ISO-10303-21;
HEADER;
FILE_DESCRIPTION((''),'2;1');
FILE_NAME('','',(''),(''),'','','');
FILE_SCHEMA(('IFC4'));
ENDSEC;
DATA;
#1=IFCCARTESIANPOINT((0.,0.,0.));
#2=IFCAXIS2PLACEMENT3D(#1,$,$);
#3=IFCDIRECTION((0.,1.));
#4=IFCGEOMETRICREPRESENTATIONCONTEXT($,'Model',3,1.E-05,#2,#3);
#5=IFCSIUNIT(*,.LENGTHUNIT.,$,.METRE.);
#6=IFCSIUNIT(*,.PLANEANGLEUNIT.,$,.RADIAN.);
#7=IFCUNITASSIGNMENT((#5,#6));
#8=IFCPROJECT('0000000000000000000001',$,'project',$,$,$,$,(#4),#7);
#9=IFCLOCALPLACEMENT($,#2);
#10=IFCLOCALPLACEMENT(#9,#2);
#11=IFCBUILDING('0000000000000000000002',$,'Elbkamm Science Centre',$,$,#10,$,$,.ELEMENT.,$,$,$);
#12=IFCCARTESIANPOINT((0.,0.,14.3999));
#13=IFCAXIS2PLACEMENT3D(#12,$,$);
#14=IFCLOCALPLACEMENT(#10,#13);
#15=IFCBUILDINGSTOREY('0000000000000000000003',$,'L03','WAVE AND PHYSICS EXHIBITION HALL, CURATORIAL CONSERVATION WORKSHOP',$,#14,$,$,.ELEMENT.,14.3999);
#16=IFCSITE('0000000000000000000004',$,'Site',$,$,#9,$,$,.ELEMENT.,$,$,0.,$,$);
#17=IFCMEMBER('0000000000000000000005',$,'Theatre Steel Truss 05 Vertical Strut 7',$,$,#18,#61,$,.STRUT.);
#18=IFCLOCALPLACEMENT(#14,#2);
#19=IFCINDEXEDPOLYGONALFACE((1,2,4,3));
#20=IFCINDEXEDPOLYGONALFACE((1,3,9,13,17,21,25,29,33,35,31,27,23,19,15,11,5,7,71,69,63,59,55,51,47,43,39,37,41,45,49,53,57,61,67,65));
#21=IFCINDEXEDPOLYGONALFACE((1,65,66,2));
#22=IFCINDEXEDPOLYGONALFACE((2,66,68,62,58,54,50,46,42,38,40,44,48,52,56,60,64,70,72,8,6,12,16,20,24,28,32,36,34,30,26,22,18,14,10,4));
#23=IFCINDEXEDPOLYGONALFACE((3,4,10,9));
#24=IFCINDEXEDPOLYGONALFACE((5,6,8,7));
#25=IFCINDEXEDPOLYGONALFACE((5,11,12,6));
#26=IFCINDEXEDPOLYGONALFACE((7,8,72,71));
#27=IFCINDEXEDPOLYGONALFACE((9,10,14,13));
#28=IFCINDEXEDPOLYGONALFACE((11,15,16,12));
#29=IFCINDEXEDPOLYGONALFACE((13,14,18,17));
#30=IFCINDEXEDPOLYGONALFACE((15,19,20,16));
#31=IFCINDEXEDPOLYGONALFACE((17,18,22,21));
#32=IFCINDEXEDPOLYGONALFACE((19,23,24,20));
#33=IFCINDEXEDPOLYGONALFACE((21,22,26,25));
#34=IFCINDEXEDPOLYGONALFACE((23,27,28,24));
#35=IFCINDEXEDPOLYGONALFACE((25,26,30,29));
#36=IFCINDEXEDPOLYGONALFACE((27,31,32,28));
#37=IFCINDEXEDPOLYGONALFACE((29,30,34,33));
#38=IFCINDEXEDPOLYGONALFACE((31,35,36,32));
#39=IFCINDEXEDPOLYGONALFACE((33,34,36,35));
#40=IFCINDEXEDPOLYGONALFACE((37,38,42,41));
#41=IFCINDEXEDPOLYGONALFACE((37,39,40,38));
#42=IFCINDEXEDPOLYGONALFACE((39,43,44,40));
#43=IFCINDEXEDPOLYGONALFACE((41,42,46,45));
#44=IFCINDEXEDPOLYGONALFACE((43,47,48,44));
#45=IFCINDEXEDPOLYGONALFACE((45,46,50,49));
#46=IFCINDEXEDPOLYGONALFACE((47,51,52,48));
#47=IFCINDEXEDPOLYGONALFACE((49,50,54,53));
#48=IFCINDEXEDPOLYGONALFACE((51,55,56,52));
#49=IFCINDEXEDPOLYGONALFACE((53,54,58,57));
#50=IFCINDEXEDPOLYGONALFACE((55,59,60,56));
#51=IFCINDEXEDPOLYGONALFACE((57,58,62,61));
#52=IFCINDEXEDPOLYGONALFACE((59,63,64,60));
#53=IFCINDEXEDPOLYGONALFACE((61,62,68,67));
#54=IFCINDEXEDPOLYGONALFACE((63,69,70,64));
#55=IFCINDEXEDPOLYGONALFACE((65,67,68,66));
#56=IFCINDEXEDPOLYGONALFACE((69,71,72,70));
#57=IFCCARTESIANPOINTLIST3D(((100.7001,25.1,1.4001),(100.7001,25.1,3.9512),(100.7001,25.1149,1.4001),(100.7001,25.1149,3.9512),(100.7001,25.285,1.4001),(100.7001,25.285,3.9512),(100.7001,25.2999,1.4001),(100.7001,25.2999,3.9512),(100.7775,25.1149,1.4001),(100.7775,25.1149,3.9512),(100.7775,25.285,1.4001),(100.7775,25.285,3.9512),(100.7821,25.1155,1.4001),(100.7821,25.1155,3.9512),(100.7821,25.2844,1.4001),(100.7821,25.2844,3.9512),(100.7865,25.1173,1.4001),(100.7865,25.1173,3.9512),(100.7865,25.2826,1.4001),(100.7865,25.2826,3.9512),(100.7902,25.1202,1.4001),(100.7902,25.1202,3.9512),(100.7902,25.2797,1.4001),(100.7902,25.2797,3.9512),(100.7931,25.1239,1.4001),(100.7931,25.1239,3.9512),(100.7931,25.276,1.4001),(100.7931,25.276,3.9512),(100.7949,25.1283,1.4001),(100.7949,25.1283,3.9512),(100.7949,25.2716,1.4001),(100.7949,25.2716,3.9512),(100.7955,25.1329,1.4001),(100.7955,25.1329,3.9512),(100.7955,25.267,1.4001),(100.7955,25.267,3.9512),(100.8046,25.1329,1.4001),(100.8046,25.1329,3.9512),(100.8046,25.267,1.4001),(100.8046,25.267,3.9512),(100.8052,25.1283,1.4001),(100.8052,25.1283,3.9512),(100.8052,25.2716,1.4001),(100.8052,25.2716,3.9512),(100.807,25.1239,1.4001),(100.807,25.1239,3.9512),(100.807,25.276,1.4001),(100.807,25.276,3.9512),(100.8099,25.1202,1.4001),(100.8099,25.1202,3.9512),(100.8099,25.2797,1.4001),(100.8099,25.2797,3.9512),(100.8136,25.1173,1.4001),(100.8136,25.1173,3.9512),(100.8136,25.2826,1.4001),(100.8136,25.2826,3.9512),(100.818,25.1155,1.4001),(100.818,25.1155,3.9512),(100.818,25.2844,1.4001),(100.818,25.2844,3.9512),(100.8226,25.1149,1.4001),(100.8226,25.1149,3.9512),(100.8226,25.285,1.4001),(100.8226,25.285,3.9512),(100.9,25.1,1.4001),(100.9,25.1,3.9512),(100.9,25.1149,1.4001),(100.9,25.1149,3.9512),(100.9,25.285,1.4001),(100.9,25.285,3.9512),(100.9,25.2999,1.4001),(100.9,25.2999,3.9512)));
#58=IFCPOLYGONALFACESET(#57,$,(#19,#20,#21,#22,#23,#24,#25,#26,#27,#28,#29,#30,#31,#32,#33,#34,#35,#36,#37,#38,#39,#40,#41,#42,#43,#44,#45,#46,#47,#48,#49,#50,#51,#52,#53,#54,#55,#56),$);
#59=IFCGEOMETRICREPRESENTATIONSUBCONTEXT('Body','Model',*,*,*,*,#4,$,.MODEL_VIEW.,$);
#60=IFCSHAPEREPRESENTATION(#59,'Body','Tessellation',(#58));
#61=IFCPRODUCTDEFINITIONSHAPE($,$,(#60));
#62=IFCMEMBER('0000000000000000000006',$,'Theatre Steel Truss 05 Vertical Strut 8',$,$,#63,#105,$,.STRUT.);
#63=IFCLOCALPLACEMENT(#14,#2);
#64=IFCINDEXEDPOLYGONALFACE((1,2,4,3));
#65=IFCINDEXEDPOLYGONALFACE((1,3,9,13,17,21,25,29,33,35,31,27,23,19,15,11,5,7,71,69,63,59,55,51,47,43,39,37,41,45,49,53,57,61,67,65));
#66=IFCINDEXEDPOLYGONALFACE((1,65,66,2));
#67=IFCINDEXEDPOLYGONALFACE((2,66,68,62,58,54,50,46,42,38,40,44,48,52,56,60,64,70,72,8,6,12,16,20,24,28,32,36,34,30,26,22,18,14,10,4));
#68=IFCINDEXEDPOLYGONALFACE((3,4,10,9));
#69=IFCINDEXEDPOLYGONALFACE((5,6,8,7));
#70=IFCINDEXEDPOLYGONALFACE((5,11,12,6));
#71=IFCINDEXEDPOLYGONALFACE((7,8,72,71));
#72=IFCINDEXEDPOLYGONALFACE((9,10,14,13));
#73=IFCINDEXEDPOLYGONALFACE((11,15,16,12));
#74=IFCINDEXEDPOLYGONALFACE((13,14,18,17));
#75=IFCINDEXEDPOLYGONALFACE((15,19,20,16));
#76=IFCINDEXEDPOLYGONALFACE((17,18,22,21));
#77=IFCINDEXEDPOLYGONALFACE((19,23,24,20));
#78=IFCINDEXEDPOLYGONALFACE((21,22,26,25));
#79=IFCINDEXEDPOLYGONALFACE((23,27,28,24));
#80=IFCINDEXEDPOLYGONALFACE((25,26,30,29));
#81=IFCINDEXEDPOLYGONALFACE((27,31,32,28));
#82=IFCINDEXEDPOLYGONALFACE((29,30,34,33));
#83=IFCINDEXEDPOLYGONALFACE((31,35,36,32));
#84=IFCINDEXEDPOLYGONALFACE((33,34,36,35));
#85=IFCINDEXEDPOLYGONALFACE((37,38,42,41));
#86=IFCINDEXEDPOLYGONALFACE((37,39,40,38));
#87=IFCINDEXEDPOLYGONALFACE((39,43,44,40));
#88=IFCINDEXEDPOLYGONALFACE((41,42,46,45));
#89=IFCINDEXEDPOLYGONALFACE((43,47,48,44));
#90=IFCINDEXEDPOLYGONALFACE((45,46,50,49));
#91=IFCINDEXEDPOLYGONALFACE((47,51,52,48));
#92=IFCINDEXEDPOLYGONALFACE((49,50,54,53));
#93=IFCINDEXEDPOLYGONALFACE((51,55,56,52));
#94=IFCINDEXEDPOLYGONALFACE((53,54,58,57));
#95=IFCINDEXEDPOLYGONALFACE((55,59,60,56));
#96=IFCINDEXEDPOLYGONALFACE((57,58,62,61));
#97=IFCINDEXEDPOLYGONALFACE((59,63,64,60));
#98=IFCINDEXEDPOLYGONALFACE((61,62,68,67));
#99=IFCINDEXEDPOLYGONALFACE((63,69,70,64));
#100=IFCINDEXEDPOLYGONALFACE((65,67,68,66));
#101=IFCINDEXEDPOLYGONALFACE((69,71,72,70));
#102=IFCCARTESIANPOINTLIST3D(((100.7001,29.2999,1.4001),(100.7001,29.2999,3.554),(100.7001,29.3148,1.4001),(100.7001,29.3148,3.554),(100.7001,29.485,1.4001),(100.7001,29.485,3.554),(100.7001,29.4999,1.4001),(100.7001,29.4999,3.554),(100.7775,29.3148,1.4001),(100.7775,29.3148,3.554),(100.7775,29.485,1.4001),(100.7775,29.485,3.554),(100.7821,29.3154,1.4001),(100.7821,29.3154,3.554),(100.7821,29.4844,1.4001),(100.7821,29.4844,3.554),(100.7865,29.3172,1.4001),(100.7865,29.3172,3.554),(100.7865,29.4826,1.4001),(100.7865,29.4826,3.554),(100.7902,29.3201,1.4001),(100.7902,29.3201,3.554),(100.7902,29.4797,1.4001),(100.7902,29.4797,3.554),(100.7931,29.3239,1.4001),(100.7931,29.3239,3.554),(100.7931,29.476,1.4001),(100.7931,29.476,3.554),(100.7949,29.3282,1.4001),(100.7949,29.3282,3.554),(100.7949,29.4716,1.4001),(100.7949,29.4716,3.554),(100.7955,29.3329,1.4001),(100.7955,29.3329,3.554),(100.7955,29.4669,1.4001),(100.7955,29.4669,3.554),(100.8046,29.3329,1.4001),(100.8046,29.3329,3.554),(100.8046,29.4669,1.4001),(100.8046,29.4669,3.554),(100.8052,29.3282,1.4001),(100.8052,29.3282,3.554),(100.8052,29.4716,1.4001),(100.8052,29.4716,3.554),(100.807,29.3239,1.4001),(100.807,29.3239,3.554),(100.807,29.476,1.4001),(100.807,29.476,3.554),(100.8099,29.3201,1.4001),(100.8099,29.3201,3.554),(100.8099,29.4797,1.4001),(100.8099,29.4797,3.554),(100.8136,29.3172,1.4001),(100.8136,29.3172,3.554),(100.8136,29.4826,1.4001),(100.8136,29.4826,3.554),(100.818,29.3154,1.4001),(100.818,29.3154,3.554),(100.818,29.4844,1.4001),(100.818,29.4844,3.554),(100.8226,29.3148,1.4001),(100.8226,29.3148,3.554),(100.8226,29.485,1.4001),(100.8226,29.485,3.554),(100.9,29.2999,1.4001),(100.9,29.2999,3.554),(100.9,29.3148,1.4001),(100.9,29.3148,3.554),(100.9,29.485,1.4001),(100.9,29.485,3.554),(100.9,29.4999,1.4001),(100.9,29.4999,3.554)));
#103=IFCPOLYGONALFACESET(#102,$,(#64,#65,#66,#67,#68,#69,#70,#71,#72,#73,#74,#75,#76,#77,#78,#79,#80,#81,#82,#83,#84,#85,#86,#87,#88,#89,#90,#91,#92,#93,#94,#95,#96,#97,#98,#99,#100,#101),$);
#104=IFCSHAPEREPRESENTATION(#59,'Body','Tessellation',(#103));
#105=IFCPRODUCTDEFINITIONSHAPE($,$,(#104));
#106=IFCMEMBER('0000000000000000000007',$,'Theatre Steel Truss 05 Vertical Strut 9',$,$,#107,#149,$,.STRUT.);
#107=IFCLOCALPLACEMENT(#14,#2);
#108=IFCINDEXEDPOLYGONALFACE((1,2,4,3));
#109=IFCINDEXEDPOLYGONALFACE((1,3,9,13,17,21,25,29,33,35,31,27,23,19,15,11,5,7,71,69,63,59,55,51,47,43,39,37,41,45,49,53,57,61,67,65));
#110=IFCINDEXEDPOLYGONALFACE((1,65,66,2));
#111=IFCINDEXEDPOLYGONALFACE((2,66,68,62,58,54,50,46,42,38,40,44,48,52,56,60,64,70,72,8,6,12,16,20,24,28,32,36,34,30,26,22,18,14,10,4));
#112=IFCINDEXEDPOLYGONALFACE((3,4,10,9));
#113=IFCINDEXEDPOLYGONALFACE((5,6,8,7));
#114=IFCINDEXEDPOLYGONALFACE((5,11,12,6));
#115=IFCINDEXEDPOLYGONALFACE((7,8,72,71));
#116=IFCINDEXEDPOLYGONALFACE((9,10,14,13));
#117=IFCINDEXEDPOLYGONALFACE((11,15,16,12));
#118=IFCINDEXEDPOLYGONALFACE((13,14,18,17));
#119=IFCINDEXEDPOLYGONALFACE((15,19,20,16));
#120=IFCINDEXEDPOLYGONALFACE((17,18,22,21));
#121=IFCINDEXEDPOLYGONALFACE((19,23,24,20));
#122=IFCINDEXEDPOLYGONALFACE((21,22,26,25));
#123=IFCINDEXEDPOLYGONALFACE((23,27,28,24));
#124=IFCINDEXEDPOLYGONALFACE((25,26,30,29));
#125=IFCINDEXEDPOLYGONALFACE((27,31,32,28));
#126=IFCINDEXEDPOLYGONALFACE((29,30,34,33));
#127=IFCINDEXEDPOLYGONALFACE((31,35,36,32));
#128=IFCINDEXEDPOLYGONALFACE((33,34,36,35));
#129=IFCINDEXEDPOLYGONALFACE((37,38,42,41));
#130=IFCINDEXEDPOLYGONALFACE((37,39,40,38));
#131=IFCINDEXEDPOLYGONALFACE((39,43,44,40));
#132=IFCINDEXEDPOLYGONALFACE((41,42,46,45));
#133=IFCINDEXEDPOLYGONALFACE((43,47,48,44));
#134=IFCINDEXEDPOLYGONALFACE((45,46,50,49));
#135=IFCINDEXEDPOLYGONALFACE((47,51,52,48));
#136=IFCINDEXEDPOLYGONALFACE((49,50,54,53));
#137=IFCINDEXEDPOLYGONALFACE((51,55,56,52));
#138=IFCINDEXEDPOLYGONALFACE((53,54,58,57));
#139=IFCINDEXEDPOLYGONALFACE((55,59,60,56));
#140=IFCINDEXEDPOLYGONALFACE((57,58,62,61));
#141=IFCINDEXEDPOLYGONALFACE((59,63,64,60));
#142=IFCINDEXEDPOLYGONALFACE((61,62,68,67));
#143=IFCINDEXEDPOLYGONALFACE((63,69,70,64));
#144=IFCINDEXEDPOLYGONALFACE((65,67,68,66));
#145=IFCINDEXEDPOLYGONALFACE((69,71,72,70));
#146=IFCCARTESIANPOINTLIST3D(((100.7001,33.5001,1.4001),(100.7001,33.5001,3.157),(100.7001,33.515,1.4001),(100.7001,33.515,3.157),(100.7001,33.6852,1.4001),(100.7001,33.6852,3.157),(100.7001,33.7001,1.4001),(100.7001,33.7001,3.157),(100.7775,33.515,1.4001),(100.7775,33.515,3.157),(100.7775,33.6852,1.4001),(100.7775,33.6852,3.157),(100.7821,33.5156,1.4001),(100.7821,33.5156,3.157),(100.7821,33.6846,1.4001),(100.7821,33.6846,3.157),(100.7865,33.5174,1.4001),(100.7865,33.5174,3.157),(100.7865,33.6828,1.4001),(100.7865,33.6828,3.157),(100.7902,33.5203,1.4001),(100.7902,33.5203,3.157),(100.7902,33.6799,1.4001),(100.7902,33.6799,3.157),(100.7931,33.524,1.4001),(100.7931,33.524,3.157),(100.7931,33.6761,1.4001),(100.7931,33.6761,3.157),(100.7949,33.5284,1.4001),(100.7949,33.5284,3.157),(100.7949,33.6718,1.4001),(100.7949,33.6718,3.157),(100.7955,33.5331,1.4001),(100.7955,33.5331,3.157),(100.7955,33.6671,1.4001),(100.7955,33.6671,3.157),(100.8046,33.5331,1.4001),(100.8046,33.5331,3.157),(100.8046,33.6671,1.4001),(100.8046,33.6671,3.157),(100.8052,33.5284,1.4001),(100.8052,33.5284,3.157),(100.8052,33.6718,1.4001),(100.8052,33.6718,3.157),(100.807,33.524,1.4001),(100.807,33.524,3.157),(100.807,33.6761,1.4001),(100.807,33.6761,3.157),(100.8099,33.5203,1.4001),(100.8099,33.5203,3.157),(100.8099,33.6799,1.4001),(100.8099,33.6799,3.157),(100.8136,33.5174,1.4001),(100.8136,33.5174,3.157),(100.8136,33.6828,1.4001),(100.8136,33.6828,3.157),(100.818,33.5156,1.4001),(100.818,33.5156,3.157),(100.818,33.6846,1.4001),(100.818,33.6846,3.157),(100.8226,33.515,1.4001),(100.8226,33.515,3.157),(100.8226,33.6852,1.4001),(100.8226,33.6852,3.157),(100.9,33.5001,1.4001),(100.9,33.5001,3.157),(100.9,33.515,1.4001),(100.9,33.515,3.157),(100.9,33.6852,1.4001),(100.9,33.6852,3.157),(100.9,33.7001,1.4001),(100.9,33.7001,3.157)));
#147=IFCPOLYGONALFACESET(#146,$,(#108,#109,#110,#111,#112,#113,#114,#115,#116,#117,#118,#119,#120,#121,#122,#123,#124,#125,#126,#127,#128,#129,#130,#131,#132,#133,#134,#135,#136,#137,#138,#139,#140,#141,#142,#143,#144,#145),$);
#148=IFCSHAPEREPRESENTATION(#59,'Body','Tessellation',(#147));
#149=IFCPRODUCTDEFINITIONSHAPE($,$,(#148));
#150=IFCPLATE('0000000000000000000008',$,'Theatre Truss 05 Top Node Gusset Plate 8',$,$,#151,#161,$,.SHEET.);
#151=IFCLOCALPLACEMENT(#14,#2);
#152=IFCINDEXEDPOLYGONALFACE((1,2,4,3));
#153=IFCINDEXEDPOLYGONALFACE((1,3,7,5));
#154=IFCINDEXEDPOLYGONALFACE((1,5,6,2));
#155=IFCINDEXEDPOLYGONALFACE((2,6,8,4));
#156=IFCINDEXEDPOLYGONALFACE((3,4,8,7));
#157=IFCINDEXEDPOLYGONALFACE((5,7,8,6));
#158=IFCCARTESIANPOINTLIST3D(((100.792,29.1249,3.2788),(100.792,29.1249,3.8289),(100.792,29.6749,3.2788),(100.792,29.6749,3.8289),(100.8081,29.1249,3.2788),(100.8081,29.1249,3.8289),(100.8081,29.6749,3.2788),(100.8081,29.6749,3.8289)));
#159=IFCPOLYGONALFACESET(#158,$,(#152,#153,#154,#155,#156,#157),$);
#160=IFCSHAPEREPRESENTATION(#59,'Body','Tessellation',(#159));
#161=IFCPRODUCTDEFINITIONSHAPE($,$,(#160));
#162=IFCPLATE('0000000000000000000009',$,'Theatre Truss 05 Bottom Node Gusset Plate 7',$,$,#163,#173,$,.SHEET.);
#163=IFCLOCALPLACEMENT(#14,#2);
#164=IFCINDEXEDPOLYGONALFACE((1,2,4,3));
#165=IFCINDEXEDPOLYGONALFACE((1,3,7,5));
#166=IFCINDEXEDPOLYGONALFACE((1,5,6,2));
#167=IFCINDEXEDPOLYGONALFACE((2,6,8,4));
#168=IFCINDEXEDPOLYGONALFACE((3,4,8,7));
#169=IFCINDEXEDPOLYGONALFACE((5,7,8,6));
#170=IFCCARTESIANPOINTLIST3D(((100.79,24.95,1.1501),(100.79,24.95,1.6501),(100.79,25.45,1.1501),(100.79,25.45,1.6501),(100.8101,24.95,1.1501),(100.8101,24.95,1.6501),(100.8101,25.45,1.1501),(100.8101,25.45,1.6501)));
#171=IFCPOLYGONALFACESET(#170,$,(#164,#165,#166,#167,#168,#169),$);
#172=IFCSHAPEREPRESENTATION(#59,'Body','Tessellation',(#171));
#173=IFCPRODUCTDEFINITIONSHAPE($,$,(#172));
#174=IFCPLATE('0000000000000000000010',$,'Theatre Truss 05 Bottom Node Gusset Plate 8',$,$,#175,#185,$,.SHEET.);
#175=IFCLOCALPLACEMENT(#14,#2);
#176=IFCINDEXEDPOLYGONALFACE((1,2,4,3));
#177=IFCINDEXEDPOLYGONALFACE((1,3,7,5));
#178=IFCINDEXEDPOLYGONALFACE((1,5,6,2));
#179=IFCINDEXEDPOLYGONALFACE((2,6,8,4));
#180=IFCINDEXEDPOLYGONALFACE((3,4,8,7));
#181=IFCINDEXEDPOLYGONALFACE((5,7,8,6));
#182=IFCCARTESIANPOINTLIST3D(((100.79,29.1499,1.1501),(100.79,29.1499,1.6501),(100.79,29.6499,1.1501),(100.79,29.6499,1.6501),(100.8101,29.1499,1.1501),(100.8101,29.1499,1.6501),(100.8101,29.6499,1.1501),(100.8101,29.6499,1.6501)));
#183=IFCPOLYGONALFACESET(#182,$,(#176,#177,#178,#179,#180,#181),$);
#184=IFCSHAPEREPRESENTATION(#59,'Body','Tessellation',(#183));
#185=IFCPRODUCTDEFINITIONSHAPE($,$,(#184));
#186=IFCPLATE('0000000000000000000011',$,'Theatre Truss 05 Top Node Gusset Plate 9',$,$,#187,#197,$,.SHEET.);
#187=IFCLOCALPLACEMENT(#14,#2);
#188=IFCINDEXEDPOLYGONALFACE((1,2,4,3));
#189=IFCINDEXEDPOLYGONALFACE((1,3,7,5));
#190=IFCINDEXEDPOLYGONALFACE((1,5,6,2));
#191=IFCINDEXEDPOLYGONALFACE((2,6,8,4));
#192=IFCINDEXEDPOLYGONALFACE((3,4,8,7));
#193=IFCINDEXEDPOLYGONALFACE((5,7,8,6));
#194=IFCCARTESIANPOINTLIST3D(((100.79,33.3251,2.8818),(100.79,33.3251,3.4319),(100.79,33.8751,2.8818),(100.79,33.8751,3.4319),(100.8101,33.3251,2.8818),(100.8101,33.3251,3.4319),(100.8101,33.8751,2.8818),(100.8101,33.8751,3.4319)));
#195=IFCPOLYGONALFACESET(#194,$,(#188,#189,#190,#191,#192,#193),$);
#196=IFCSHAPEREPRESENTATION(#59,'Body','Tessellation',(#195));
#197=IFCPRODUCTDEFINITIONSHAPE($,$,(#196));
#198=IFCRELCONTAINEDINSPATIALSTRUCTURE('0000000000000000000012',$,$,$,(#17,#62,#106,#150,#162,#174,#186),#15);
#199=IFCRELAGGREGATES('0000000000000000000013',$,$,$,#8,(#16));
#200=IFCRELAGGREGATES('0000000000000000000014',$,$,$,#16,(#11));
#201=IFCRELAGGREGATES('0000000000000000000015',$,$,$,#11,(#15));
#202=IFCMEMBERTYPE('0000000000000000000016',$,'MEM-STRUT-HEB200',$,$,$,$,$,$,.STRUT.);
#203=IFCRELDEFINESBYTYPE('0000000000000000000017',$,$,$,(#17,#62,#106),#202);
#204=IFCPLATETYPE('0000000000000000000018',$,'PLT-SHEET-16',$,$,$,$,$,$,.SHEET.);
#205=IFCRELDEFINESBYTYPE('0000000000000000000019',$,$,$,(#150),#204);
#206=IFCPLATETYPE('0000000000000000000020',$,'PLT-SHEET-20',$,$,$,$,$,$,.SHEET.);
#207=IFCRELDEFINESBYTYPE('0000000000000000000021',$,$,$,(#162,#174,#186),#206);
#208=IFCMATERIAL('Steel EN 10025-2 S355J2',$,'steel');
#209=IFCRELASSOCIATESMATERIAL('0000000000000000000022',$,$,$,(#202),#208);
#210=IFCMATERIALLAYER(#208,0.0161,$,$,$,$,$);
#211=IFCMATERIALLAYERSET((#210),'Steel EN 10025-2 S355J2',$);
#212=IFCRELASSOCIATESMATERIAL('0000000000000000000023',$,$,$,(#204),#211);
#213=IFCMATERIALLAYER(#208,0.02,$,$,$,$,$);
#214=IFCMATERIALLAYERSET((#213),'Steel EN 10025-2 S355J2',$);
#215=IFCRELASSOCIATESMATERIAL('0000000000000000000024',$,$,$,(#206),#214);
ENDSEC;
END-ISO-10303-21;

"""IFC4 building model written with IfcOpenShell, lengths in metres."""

from ifc_helpers import new_model, si_unit, direction, frame, origin, origin_2d, place, context, subcontext, project, spatial, rectangle, i_section, extrude, material, layer, layer_set, material_profile, profile_set, type_object, element, save


model = new_model("IFC4")

# Units and contexts
model_context = context("Model", 3, precision=1e-05, world=origin(), true_north=direction((0.0, 1.0)))
body_context = subcontext(model_context, "Body", "Model", "MODEL_VIEW")
ifc_project = project(units=[si_unit("LENGTHUNIT", "METRE"), si_unit("PLANEANGLEUNIT", "RADIAN")], contexts=[model_context])

# Site, building, storey
site_placement = place(None, origin())
site = spatial("IfcSite", under=ifc_project, at=site_placement, Name="Site", CompositionType="ELEMENT", RefElevation=0.0)
building_placement = place(site_placement, origin())
building = spatial("IfcBuilding", under=site, at=building_placement, Name="Elbkamm Science Centre", CompositionType="ELEMENT")
storey_placement = place(building_placement, frame((0.0, 0.0, 14.3999)))
storey = spatial("IfcBuildingStorey", under=building, at=storey_placement, Name="L03", Description="WAVE AND PHYSICS EXHIBITION HALL, CURATORIAL CONSERVATION WORKSHOP", CompositionType="ELEMENT", Elevation=14.3999)

# Shared definitions
ifc_material_1 = material(Name="Steel EN 10025-2 S355J2", Category="steel")

# Members
ifc_material_profile_1 = material_profile(ifc_material_1, i_section(OverallWidth=0.2, OverallDepth=0.2, WebThickness=0.009, FlangeThickness=0.0149, FilletRadius=0.0181, at=origin_2d()), Name="HEB 200")
ifc_profile_set_1 = profile_set([ifc_material_profile_1], Name="Steel EN 10025-2 S355J2")
member_type_1 = type_object("IfcMemberType", Name="MEM-STRUT-HEB200", PredefinedType="STRUT", material=ifc_profile_set_1)
member_1_placement = place(storey_placement, frame((100.8, 25.2, 1.4001), z_axis=(0.0, 0.0, 1.0), x_axis=(1.0, 0.0, 0.0)))
element("IfcMember", 1, at=member_1_placement, inside=storey, type_object=member_type_1, Name="Theatre Steel Truss 05 Vertical Strut 7", PredefinedType="STRUT", context=body_context, shape_type="SweptSolid", body=[
    extrude(i_section(OverallWidth=0.2, OverallDepth=0.2, WebThickness=0.009, FlangeThickness=0.0149, FilletRadius=0.0181, at=origin_2d()), origin(), (0.0, 0.0, 1.0), 2.551),
])
member_2_placement = place(storey_placement, frame((100.8, 29.3999, 1.4001), z_axis=(0.0, 0.0, 1.0), x_axis=(1.0, 0.0, 0.0)))
element("IfcMember", 2, at=member_2_placement, inside=storey, type_object=member_type_1, Name="Theatre Steel Truss 05 Vertical Strut 8", PredefinedType="STRUT", context=body_context, shape_type="SweptSolid", body=[
    extrude(i_section(OverallWidth=0.2, OverallDepth=0.2, WebThickness=0.009, FlangeThickness=0.0149, FilletRadius=0.0181, at=origin_2d()), origin(), (0.0, 0.0, 1.0), 2.1538),
])
member_3_placement = place(storey_placement, frame((100.8, 33.6001, 1.4001), z_axis=(0.0, 0.0, 1.0), x_axis=(1.0, 0.0, 0.0)))
element("IfcMember", 3, at=member_3_placement, inside=storey, type_object=member_type_1, Name="Theatre Steel Truss 05 Vertical Strut 9", PredefinedType="STRUT", context=body_context, shape_type="SweptSolid", body=[
    extrude(i_section(OverallWidth=0.2, OverallDepth=0.2, WebThickness=0.009, FlangeThickness=0.0149, FilletRadius=0.0181, at=origin_2d()), origin(), (0.0, 0.0, 1.0), 1.7568),
])

# Plates
ifc_layer_1 = layer(ifc_material_1, 0.0161)
ifc_layer_set_1 = layer_set([ifc_layer_1], Name="Steel EN 10025-2 S355J2")
plate_type_1 = type_object("IfcPlateType", Name="PLT-SHEET-16", PredefinedType="SHEET", material=ifc_layer_set_1)
plate_1_placement = place(storey_placement, frame((100.8, 29.3999, 3.2788), z_axis=(0.0, 0.0, 1.0), x_axis=(1.0, 0.0, 0.0)))
element("IfcPlate", 4, at=plate_1_placement, inside=storey, type_object=plate_type_1, Name="Theatre Truss 05 Top Node Gusset Plate 8", PredefinedType="SHEET", context=body_context, shape_type="SweptSolid", body=[
    extrude(rectangle(XDim=0.0161, YDim=0.55, at=origin_2d()), origin(), (0.0, 0.0, 1.0), 0.55),
])
ifc_layer_2 = layer(ifc_material_1, 0.02)
ifc_layer_set_2 = layer_set([ifc_layer_2], Name="Steel EN 10025-2 S355J2")
plate_type_2 = type_object("IfcPlateType", Name="PLT-SHEET-20", PredefinedType="SHEET", material=ifc_layer_set_2)
for number, where, z_axis, x_axis, name in (
    (5, (100.8, 25.2, 1.1501), (0.0, 0.0, 1.0), (1.0, 0.0, 0.0), "Theatre Truss 05 Bottom Node Gusset Plate 7"),
    (6, (100.8, 29.3999, 1.1501), (0.0, 0.0, 1.0), (1.0, 0.0, 0.0), "Theatre Truss 05 Bottom Node Gusset Plate 8"),
):
    element("IfcPlate", number, at=place(storey_placement, frame(where, z_axis=z_axis, x_axis=x_axis)), inside=storey, type_object=plate_type_2, Name=name, PredefinedType="SHEET", context=body_context, shape_type="SweptSolid", body=[
        extrude(rectangle(XDim=0.02, YDim=0.5, at=origin_2d()), origin(), (0.0, 0.0, 1.0), 0.5),
    ])
plate_2_placement = place(storey_placement, frame((100.8, 33.6001, 2.8818), z_axis=(0.0, 0.0, 1.0), x_axis=(1.0, 0.0, 0.0)))
element("IfcPlate", 7, at=plate_2_placement, inside=storey, type_object=plate_type_2, Name="Theatre Truss 05 Top Node Gusset Plate 9", PredefinedType="SHEET", context=body_context, shape_type="SweptSolid", body=[
    extrude(rectangle(XDim=0.02, YDim=0.55, at=origin_2d()), origin(), (0.0, 0.0, 1.0), 0.55),
])

save(model, "model.ifc")
